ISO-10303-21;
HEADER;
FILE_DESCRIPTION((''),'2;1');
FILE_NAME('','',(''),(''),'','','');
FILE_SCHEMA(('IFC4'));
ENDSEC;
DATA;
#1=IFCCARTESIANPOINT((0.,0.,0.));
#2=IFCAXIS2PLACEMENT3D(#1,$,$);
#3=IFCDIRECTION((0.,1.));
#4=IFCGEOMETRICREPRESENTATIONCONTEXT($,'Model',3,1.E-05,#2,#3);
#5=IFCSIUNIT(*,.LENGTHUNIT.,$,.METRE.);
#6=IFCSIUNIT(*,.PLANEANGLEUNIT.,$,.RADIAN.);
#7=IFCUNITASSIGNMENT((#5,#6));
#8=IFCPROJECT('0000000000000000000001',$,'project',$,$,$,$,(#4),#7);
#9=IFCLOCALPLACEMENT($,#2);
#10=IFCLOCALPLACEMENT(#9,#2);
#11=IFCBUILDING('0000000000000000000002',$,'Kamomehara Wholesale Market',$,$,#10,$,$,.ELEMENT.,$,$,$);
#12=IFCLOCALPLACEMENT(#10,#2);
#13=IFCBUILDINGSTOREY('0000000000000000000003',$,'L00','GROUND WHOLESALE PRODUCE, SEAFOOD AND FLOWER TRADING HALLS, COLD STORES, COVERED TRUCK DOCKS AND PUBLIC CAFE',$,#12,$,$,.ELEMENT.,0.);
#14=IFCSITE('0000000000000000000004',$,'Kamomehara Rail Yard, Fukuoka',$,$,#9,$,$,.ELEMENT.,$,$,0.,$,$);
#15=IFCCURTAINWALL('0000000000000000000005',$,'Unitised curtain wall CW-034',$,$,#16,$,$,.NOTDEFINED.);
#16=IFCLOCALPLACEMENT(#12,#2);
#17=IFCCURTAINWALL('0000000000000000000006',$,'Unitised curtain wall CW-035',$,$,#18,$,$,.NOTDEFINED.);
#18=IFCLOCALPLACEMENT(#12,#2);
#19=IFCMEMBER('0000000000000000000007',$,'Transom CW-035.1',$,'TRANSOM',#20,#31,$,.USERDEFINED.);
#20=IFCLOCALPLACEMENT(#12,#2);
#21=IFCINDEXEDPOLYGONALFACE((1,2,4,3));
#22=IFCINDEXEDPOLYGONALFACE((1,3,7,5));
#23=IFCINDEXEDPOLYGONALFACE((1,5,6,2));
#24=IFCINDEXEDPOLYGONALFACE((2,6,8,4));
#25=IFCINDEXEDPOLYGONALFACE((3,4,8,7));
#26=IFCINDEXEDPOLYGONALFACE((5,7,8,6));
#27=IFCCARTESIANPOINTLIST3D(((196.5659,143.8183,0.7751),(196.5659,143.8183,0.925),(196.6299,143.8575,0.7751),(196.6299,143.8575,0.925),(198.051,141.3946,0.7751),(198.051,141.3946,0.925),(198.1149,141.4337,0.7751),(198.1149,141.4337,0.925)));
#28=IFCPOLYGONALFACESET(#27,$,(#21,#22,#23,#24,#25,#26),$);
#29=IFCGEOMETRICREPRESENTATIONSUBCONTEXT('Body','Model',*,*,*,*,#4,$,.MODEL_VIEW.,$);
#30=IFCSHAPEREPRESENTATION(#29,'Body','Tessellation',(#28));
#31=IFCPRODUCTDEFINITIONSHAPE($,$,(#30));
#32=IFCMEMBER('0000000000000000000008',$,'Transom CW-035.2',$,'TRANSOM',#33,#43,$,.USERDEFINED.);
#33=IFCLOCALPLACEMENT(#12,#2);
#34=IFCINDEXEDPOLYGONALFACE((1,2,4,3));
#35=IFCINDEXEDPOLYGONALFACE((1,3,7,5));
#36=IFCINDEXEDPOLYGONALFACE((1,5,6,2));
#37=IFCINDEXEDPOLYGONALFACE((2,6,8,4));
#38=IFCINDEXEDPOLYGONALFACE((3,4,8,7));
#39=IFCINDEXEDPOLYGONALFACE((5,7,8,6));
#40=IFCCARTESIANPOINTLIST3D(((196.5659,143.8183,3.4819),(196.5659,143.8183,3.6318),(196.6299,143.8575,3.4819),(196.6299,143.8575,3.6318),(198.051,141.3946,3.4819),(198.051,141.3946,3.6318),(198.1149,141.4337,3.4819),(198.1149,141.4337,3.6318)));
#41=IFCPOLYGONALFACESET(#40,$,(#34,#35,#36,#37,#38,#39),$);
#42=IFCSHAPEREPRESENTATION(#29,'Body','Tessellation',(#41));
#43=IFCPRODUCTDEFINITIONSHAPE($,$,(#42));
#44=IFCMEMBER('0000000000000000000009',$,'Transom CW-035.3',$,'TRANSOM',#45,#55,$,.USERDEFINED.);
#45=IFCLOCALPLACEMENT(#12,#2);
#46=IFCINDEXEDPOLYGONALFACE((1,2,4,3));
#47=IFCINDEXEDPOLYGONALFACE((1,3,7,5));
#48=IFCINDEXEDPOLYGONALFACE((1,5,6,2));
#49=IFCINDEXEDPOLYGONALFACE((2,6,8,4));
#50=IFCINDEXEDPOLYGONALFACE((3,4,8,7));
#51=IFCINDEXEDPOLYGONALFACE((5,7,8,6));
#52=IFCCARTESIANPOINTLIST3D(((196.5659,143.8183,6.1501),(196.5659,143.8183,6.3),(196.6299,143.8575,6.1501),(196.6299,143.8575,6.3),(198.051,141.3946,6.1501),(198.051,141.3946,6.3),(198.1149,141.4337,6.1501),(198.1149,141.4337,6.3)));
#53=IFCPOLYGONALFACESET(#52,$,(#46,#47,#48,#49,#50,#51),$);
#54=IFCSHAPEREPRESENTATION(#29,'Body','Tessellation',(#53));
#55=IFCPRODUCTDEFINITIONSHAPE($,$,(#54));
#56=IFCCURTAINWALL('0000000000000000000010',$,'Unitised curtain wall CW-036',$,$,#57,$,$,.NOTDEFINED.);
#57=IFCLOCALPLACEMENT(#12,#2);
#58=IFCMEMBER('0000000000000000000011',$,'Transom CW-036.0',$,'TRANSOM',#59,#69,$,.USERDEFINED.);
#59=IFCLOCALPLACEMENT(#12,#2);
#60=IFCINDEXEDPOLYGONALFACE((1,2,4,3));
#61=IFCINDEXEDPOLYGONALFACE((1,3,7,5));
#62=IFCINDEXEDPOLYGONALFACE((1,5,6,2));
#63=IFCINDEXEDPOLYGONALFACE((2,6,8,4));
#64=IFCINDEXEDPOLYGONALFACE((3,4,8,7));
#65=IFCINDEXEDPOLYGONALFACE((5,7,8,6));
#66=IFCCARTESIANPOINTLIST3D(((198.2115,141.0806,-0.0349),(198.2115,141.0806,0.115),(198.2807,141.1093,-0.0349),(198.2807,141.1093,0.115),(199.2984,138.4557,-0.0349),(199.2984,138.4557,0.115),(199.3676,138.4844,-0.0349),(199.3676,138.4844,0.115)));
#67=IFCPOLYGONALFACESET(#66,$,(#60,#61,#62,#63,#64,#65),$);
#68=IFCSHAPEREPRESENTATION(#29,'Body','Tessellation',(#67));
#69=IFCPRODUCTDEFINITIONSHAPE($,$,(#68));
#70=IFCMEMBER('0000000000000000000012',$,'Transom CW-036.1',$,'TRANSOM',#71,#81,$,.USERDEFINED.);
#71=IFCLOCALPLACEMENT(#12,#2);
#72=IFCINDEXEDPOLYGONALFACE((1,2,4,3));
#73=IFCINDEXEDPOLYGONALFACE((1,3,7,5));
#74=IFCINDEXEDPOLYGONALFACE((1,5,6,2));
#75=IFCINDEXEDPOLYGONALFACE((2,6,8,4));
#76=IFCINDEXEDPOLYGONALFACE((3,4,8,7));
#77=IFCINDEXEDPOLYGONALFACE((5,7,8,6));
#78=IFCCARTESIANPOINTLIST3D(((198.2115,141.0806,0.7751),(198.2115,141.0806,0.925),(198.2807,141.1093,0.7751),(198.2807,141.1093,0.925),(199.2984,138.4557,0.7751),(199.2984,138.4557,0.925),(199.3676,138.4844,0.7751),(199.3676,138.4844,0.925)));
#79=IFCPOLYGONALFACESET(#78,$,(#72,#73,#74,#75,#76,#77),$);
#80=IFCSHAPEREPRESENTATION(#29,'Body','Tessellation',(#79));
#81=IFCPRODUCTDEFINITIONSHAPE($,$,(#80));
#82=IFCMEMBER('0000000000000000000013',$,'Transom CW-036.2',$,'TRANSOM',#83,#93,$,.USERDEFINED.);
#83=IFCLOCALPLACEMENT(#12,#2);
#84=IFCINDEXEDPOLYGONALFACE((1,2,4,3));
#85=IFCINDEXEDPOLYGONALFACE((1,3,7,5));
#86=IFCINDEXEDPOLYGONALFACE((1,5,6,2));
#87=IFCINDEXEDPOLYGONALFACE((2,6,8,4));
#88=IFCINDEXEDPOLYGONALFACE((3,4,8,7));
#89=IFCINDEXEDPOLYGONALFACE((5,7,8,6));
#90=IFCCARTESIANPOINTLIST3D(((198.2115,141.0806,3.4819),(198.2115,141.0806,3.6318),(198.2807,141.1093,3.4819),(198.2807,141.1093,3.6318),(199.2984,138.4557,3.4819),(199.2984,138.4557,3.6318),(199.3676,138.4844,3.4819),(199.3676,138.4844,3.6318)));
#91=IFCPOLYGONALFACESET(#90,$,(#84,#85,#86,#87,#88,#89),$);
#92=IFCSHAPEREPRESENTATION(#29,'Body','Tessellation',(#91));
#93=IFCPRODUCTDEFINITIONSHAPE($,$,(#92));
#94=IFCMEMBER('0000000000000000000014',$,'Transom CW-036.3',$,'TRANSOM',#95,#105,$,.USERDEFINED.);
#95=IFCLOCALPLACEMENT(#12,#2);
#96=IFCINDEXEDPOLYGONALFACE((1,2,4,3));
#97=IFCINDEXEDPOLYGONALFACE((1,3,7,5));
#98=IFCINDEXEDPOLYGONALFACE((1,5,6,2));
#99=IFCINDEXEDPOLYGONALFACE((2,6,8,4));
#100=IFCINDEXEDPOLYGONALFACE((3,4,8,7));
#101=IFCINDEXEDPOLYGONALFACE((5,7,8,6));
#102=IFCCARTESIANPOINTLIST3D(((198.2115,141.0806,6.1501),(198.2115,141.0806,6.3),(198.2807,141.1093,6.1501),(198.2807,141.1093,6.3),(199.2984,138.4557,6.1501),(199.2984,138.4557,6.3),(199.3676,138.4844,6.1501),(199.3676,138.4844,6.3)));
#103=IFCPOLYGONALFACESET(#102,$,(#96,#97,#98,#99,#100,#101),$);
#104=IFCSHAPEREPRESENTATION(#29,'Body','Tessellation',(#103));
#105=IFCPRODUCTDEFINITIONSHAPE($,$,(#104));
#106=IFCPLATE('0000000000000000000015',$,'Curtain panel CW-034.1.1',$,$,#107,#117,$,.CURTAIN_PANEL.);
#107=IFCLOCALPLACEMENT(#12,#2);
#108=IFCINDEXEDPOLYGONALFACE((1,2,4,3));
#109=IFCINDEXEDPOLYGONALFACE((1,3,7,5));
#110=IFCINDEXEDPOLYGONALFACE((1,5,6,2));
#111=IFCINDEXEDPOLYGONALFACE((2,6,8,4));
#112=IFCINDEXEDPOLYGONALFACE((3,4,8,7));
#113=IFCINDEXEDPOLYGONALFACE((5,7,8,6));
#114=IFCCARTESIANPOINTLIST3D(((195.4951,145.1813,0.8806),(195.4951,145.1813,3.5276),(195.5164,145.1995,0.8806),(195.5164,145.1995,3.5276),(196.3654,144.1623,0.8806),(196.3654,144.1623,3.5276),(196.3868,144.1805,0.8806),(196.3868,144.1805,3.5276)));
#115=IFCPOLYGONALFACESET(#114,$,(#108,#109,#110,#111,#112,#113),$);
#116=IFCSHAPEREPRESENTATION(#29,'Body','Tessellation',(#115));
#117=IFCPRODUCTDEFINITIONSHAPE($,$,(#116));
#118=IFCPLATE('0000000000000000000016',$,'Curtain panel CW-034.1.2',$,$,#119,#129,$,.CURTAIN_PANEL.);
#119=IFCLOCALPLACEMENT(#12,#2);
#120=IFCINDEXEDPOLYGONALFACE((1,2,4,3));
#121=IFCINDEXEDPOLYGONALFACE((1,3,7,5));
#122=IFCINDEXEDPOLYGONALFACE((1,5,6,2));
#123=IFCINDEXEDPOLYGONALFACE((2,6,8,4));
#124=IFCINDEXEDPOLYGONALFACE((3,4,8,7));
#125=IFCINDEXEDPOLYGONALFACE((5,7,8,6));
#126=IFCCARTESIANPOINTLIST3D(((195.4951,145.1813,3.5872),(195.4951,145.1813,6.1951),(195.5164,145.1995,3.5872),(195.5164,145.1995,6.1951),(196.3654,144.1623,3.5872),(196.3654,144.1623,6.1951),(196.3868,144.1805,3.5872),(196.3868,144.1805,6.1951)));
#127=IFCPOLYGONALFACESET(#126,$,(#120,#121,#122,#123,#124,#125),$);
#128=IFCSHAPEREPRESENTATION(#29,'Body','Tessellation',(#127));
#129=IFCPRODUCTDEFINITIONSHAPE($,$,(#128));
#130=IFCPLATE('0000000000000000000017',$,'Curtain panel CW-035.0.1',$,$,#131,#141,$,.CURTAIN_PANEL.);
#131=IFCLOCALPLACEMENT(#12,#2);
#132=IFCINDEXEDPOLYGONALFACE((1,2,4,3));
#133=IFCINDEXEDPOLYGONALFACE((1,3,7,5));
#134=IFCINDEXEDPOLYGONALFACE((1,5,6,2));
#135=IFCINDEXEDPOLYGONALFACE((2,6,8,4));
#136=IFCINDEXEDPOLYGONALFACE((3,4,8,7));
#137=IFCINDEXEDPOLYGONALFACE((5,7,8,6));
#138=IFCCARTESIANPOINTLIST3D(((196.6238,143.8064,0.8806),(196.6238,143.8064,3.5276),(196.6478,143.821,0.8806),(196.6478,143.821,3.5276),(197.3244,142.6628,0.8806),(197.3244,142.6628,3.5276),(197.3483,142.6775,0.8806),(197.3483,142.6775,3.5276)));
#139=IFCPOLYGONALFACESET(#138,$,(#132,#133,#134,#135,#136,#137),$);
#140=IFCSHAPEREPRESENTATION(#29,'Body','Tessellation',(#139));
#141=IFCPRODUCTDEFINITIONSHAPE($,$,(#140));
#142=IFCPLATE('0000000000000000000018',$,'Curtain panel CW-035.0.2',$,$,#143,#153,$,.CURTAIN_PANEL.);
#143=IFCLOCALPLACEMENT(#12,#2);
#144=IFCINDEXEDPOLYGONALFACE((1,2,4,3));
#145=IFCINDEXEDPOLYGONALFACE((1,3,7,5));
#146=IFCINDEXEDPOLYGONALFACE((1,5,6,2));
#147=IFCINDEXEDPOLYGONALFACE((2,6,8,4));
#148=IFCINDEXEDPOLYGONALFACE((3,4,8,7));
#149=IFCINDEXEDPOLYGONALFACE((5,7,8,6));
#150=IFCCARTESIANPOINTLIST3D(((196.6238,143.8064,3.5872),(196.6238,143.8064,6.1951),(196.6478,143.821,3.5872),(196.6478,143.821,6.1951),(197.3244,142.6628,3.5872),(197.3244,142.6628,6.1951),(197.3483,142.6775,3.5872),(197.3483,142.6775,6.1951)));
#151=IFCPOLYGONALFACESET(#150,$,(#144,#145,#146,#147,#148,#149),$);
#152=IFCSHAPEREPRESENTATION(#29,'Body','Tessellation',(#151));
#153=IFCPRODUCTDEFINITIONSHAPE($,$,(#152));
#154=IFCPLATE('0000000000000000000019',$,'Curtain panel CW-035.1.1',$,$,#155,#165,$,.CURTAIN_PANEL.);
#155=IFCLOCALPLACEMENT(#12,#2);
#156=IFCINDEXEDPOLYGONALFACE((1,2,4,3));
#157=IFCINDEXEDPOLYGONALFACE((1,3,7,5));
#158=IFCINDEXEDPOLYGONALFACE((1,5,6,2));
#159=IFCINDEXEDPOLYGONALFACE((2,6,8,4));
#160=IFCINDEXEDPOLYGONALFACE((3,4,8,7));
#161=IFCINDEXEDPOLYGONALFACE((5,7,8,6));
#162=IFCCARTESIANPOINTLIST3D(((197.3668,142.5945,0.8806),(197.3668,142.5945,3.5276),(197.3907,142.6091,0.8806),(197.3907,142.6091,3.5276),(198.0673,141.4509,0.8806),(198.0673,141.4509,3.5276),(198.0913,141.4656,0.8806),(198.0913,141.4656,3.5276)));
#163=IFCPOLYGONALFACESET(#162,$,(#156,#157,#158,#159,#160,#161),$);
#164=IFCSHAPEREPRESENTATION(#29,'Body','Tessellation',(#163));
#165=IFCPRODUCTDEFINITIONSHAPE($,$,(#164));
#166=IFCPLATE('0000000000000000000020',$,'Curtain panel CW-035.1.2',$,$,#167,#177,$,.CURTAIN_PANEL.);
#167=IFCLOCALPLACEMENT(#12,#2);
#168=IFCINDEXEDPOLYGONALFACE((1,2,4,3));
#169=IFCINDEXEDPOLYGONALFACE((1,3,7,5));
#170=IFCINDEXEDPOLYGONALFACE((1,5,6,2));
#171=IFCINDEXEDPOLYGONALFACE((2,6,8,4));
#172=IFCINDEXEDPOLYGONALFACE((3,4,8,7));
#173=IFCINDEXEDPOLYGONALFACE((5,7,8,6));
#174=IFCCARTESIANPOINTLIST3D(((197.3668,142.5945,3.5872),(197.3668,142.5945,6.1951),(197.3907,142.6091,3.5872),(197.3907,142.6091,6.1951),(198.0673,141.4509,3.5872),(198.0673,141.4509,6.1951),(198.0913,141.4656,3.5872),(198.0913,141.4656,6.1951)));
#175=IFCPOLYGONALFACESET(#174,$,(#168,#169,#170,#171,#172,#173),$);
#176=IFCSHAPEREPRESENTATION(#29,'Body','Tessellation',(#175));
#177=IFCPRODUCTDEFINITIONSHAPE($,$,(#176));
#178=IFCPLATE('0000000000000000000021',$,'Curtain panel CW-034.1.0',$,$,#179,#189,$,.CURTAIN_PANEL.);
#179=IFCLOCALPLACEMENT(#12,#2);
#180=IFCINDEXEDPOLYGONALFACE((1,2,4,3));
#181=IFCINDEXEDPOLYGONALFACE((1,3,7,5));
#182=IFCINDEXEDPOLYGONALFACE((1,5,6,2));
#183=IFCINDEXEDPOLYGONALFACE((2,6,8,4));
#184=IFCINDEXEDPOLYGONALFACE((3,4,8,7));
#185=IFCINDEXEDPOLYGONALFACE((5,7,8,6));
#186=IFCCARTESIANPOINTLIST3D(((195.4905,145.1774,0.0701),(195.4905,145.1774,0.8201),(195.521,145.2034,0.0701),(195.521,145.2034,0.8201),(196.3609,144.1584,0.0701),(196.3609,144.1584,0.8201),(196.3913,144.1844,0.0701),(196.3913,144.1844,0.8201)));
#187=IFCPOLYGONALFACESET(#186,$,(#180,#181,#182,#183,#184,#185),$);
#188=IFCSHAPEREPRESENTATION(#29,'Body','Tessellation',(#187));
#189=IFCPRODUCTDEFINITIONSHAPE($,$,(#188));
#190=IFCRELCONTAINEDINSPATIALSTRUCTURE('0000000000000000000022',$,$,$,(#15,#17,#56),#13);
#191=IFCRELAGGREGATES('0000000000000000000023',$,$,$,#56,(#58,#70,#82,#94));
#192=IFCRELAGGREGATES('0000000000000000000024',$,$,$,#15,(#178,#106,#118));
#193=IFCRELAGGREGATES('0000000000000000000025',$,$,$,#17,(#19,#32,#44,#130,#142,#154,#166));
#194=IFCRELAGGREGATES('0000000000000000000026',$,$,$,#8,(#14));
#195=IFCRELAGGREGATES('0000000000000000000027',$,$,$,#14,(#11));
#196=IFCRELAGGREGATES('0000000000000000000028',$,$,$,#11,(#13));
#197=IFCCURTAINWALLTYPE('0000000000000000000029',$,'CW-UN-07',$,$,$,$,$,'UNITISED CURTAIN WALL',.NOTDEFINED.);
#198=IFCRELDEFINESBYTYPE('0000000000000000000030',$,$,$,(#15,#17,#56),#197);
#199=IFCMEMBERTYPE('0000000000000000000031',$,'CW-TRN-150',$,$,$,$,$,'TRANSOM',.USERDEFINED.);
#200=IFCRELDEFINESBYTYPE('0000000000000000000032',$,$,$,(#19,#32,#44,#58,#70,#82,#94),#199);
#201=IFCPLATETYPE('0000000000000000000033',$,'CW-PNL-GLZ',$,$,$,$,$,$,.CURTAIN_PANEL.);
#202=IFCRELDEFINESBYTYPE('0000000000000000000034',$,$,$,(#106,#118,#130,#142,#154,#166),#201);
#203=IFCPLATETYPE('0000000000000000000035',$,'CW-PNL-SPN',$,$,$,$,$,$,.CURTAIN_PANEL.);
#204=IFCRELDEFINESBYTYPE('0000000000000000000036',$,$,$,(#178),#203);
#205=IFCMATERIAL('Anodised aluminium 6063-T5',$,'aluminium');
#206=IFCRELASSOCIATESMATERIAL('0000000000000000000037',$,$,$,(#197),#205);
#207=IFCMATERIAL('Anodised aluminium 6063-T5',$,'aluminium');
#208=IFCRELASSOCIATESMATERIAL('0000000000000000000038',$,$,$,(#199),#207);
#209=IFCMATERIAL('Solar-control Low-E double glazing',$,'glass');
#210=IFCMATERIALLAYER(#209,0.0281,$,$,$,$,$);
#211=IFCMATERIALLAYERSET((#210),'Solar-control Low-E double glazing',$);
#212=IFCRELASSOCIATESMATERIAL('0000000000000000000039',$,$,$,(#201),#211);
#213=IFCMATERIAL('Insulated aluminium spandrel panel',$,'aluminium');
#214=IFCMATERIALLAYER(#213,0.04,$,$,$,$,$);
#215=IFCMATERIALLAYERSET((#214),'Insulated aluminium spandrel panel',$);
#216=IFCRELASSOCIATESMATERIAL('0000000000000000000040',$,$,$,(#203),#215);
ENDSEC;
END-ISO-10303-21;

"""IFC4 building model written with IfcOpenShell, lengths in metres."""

from ifc_helpers import new_model, si_unit, direction, frame, origin, origin_2d, place, context, subcontext, project, spatial, rectangle, extrude, material, layer, layer_set, material_profile, profile_set, type_object, element, aggregate, save


model = new_model("IFC4")

# Units and contexts
model_context = context("Model", 3, precision=1e-05, world=origin(), true_north=direction((0.0, 1.0)))
body_context = subcontext(model_context, "Body", "Model", "MODEL_VIEW")
ifc_project = project(units=[si_unit("LENGTHUNIT", "METRE"), si_unit("PLANEANGLEUNIT", "RADIAN")], contexts=[model_context])

# Site, building, storey
site_placement = place(None, origin())
site = spatial("IfcSite", under=ifc_project, at=site_placement, Name="Kamomehara Rail Yard, Fukuoka", CompositionType="ELEMENT", RefElevation=0.0)
building_placement = place(site_placement, origin())
building = spatial("IfcBuilding", under=site, at=building_placement, Name="Kamomehara Wholesale Market", CompositionType="ELEMENT")
storey_placement = place(building_placement, origin())
storey = spatial("IfcBuildingStorey", under=building, at=storey_placement, Name="L00", Description="GROUND WHOLESALE PRODUCE, SEAFOOD AND FLOWER TRADING HALLS, COLD STORES, COVERED TRUCK DOCKS AND PUBLIC CAFE", CompositionType="ELEMENT", Elevation=0.0)

# Curtain walls, members
ifc_material_1 = material(Name="Anodised aluminium 6063-T5", Category="aluminium")
curtain_wall_type = type_object("IfcCurtainWallType", Name="CW-UN-07", ElementType="UNITISED CURTAIN WALL", PredefinedType="NOTDEFINED", material=ifc_material_1)
curtain_wall_1_placement = place(storey_placement, origin())
curtain_wall_1 = element("IfcCurtainWall", 1, at=curtain_wall_1_placement, inside=storey, type_object=curtain_wall_type, Name="Unitised curtain wall CW-034", PredefinedType="NOTDEFINED")
curtain_wall_2_placement = place(storey_placement, origin())
curtain_wall_2 = element("IfcCurtainWall", 2, at=curtain_wall_2_placement, inside=storey, type_object=curtain_wall_type, Name="Unitised curtain wall CW-035", PredefinedType="NOTDEFINED")
ifc_material_2 = material(Name="Anodised aluminium 6063-T5", Category="aluminium")
ifc_material_profile_1 = material_profile(ifc_material_2, rectangle(XDim=0.075, YDim=0.1499, at=origin_2d()), Name="ALU-TRN-75x150")
ifc_profile_set_1 = profile_set([ifc_material_profile_1], Name="Anodised aluminium 6063-T5")
member_type_1 = type_object("IfcMemberType", Name="CW-TRN-150", ElementType="TRANSOM", PredefinedType="USERDEFINED", material=ifc_profile_set_1)
member_1_placement = place(storey_placement, frame((196.5979, 143.8379, 0.8501), z_axis=(0.522443, -0.852674, 0.0), x_axis=(0.852674, 0.522443, 0.0)))
member_1 = element("IfcMember", 3, at=member_1_placement, type_object=member_type_1, Name="Transom CW-035.1", ObjectType="TRANSOM", PredefinedType="USERDEFINED", context=body_context, shape_type="SweptSolid", body=[
    extrude(rectangle(XDim=0.075, YDim=0.1499, at=origin_2d()), origin(), (0.0, 0.0, 1.0), 2.8425),
])
member_2_placement = place(storey_placement, frame((196.5979, 143.8379, 3.5569), z_axis=(0.522443, -0.852674, 0.0), x_axis=(0.852674, 0.522443, 0.0)))
member_2 = element("IfcMember", 4, at=member_2_placement, type_object=member_type_1, Name="Transom CW-035.2", ObjectType="TRANSOM", PredefinedType="USERDEFINED", context=body_context, shape_type="SweptSolid", body=[
    extrude(rectangle(XDim=0.075, YDim=0.1499, at=origin_2d()), origin(), (0.0, 0.0, 1.0), 2.8425),
])
member_3_placement = place(storey_placement, frame((196.5979, 143.8379, 6.2251), z_axis=(0.522443, -0.852674, 0.0), x_axis=(0.852674, 0.522443, 0.0)))
member_3 = element("IfcMember", 5, at=member_3_placement, type_object=member_type_1, Name="Transom CW-035.3", ObjectType="TRANSOM", PredefinedType="USERDEFINED", context=body_context, shape_type="SweptSolid", body=[
    extrude(rectangle(XDim=0.075, YDim=0.1499, at=origin_2d()), origin(), (0.0, 0.0, 1.0), 2.8425),
])
curtain_wall_3_placement = place(storey_placement, origin())
curtain_wall_3 = element("IfcCurtainWall", 6, at=curtain_wall_3_placement, inside=storey, type_object=curtain_wall_type, Name="Unitised curtain wall CW-036", PredefinedType="NOTDEFINED")
member_4_placement = place(storey_placement, frame((198.2461, 141.095, 0.04), z_axis=(0.382564, -0.923929, 0.0), x_axis=(0.923929, 0.382564, 0.0)))
member_4 = element("IfcMember", 7, at=member_4_placement, type_object=member_type_1, Name="Transom CW-036.0", ObjectType="TRANSOM", PredefinedType="USERDEFINED", context=body_context, shape_type="SweptSolid", body=[
    extrude(rectangle(XDim=0.075, YDim=0.1499, at=origin_2d()), origin(), (0.0, 0.0, 1.0), 2.8411),
])
member_5_placement = place(storey_placement, frame((198.2461, 141.095, 0.8501), z_axis=(0.382564, -0.923929, 0.0), x_axis=(0.923929, 0.382564, 0.0)))
member_5 = element("IfcMember", 8, at=member_5_placement, type_object=member_type_1, Name="Transom CW-036.1", ObjectType="TRANSOM", PredefinedType="USERDEFINED", context=body_context, shape_type="SweptSolid", body=[
    extrude(rectangle(XDim=0.075, YDim=0.1499, at=origin_2d()), origin(), (0.0, 0.0, 1.0), 2.8411),
])
member_6_placement = place(storey_placement, frame((198.2461, 141.095, 3.5569), z_axis=(0.382564, -0.923929, 0.0), x_axis=(0.923929, 0.382564, 0.0)))
member_6 = element("IfcMember", 9, at=member_6_placement, type_object=member_type_1, Name="Transom CW-036.2", ObjectType="TRANSOM", PredefinedType="USERDEFINED", context=body_context, shape_type="SweptSolid", body=[
    extrude(rectangle(XDim=0.075, YDim=0.1499, at=origin_2d()), origin(), (0.0, 0.0, 1.0), 2.8411),
])
member_7_placement = place(storey_placement, frame((198.2461, 141.095, 6.2251), z_axis=(0.382564, -0.923929, 0.0), x_axis=(0.923929, 0.382564, 0.0)))
member_7 = element("IfcMember", 10, at=member_7_placement, type_object=member_type_1, Name="Transom CW-036.3", ObjectType="TRANSOM", PredefinedType="USERDEFINED", context=body_context, shape_type="SweptSolid", body=[
    extrude(rectangle(XDim=0.075, YDim=0.1499, at=origin_2d()), origin(), (0.0, 0.0, 1.0), 2.8411),
])
aggregate(curtain_wall_3, [member_4, member_5, member_6, member_7])

# Plates
ifc_material_3 = material(Name="Solar-control Low-E double glazing", Category="glass")
ifc_layer_1 = layer(ifc_material_3, 0.0281)
ifc_layer_set_1 = layer_set([ifc_layer_1], Name="Solar-control Low-E double glazing")
plate_type_1 = type_object("IfcPlateType", Name="CW-PNL-GLZ", PredefinedType="CURTAIN_PANEL", material=ifc_layer_set_1)
plate_1_placement = place(storey_placement, frame((195.9409, 144.6809, 0.8806), z_axis=(0.0, 0.0, 1.0), x_axis=(0.649488, -0.760372, 0.0)))
plate_1 = element("IfcPlate", 11, at=plate_1_placement, type_object=plate_type_1, Name="Curtain panel CW-034.1.1", PredefinedType="CURTAIN_PANEL", context=body_context, shape_type="SweptSolid", body=[
    extrude(rectangle(XDim=1.3401, YDim=0.0281, at=origin_2d()), origin(), (0.0, 0.0, 1.0), 2.647),
])
plate_2_placement = place(storey_placement, frame((195.9409, 144.6809, 3.5872), z_axis=(0.0, 0.0, 1.0), x_axis=(0.649488, -0.760372, 0.0)))
plate_2 = element("IfcPlate", 12, at=plate_2_placement, type_object=plate_type_1, Name="Curtain panel CW-034.1.2", PredefinedType="CURTAIN_PANEL", context=body_context, shape_type="SweptSolid", body=[
    extrude(rectangle(XDim=1.3401, YDim=0.0281, at=origin_2d()), origin(), (0.0, 0.0, 1.0), 2.6079),
])
plate_3_placement = place(storey_placement, frame((196.9861, 143.2419, 0.8806), z_axis=(0.0, 0.0, 1.0), x_axis=(0.522394, -0.852704, 0.0)))
plate_3 = element("IfcPlate", 13, at=plate_3_placement, type_object=plate_type_1, Name="Curtain panel CW-035.0.1", PredefinedType="CURTAIN_PANEL", context=body_context, shape_type="SweptSolid", body=[
    extrude(rectangle(XDim=1.3411, YDim=0.0281, at=origin_2d()), origin(), (0.0, 0.0, 1.0), 2.647),
])
plate_4_placement = place(storey_placement, frame((196.9861, 143.2419, 3.5872), z_axis=(0.0, 0.0, 1.0), x_axis=(0.522394, -0.852704, 0.0)))
plate_4 = element("IfcPlate", 14, at=plate_4_placement, type_object=plate_type_1, Name="Curtain panel CW-035.0.2", PredefinedType="CURTAIN_PANEL", context=body_context, shape_type="SweptSolid", body=[
    extrude(rectangle(XDim=1.3411, YDim=0.0281, at=origin_2d()), origin(), (0.0, 0.0, 1.0), 2.6079),
])
plate_5_placement = place(storey_placement, frame((197.729, 142.03, 0.8806), z_axis=(0.0, 0.0, 1.0), x_axis=(0.522394, -0.852704, 0.0)))
plate_5 = element("IfcPlate", 15, at=plate_5_placement, type_object=plate_type_1, Name="Curtain panel CW-035.1.1", PredefinedType="CURTAIN_PANEL", context=body_context, shape_type="SweptSolid", body=[
    extrude(rectangle(XDim=1.3411, YDim=0.0281, at=origin_2d()), origin(), (0.0, 0.0, 1.0), 2.647),
])
plate_6_placement = place(storey_placement, frame((197.729, 142.03, 3.5872), z_axis=(0.0, 0.0, 1.0), x_axis=(0.522394, -0.852704, 0.0)))
plate_6 = element("IfcPlate", 16, at=plate_6_placement, type_object=plate_type_1, Name="Curtain panel CW-035.1.2", PredefinedType="CURTAIN_PANEL", context=body_context, shape_type="SweptSolid", body=[
    extrude(rectangle(XDim=1.3411, YDim=0.0281, at=origin_2d()), origin(), (0.0, 0.0, 1.0), 2.6079),
])
ifc_material_4 = material(Name="Insulated aluminium spandrel panel", Category="aluminium")
ifc_layer_2 = layer(ifc_material_4, 0.04)
ifc_layer_set_2 = layer_set([ifc_layer_2], Name="Insulated aluminium spandrel panel")
plate_type_2 = type_object("IfcPlateType", Name="CW-PNL-SPN", PredefinedType="CURTAIN_PANEL", material=ifc_layer_set_2)
plate_7_placement = place(storey_placement, frame((195.9409, 144.6809, 0.0701), z_axis=(0.0, 0.0, 1.0), x_axis=(0.649488, -0.760372, 0.0)))
plate_7 = element("IfcPlate", 17, at=plate_7_placement, type_object=plate_type_2, Name="Curtain panel CW-034.1.0", PredefinedType="CURTAIN_PANEL", context=body_context, shape_type="SweptSolid", body=[
    extrude(rectangle(XDim=1.3401, YDim=0.04, at=origin_2d()), origin(), (0.0, 0.0, 1.0), 0.75),
])
aggregate(curtain_wall_1, [plate_7, plate_1, plate_2])
aggregate(curtain_wall_2, [member_1, member_2, member_3, plate_3, plate_4, plate_5, plate_6])

save(model, "model.ifc")
